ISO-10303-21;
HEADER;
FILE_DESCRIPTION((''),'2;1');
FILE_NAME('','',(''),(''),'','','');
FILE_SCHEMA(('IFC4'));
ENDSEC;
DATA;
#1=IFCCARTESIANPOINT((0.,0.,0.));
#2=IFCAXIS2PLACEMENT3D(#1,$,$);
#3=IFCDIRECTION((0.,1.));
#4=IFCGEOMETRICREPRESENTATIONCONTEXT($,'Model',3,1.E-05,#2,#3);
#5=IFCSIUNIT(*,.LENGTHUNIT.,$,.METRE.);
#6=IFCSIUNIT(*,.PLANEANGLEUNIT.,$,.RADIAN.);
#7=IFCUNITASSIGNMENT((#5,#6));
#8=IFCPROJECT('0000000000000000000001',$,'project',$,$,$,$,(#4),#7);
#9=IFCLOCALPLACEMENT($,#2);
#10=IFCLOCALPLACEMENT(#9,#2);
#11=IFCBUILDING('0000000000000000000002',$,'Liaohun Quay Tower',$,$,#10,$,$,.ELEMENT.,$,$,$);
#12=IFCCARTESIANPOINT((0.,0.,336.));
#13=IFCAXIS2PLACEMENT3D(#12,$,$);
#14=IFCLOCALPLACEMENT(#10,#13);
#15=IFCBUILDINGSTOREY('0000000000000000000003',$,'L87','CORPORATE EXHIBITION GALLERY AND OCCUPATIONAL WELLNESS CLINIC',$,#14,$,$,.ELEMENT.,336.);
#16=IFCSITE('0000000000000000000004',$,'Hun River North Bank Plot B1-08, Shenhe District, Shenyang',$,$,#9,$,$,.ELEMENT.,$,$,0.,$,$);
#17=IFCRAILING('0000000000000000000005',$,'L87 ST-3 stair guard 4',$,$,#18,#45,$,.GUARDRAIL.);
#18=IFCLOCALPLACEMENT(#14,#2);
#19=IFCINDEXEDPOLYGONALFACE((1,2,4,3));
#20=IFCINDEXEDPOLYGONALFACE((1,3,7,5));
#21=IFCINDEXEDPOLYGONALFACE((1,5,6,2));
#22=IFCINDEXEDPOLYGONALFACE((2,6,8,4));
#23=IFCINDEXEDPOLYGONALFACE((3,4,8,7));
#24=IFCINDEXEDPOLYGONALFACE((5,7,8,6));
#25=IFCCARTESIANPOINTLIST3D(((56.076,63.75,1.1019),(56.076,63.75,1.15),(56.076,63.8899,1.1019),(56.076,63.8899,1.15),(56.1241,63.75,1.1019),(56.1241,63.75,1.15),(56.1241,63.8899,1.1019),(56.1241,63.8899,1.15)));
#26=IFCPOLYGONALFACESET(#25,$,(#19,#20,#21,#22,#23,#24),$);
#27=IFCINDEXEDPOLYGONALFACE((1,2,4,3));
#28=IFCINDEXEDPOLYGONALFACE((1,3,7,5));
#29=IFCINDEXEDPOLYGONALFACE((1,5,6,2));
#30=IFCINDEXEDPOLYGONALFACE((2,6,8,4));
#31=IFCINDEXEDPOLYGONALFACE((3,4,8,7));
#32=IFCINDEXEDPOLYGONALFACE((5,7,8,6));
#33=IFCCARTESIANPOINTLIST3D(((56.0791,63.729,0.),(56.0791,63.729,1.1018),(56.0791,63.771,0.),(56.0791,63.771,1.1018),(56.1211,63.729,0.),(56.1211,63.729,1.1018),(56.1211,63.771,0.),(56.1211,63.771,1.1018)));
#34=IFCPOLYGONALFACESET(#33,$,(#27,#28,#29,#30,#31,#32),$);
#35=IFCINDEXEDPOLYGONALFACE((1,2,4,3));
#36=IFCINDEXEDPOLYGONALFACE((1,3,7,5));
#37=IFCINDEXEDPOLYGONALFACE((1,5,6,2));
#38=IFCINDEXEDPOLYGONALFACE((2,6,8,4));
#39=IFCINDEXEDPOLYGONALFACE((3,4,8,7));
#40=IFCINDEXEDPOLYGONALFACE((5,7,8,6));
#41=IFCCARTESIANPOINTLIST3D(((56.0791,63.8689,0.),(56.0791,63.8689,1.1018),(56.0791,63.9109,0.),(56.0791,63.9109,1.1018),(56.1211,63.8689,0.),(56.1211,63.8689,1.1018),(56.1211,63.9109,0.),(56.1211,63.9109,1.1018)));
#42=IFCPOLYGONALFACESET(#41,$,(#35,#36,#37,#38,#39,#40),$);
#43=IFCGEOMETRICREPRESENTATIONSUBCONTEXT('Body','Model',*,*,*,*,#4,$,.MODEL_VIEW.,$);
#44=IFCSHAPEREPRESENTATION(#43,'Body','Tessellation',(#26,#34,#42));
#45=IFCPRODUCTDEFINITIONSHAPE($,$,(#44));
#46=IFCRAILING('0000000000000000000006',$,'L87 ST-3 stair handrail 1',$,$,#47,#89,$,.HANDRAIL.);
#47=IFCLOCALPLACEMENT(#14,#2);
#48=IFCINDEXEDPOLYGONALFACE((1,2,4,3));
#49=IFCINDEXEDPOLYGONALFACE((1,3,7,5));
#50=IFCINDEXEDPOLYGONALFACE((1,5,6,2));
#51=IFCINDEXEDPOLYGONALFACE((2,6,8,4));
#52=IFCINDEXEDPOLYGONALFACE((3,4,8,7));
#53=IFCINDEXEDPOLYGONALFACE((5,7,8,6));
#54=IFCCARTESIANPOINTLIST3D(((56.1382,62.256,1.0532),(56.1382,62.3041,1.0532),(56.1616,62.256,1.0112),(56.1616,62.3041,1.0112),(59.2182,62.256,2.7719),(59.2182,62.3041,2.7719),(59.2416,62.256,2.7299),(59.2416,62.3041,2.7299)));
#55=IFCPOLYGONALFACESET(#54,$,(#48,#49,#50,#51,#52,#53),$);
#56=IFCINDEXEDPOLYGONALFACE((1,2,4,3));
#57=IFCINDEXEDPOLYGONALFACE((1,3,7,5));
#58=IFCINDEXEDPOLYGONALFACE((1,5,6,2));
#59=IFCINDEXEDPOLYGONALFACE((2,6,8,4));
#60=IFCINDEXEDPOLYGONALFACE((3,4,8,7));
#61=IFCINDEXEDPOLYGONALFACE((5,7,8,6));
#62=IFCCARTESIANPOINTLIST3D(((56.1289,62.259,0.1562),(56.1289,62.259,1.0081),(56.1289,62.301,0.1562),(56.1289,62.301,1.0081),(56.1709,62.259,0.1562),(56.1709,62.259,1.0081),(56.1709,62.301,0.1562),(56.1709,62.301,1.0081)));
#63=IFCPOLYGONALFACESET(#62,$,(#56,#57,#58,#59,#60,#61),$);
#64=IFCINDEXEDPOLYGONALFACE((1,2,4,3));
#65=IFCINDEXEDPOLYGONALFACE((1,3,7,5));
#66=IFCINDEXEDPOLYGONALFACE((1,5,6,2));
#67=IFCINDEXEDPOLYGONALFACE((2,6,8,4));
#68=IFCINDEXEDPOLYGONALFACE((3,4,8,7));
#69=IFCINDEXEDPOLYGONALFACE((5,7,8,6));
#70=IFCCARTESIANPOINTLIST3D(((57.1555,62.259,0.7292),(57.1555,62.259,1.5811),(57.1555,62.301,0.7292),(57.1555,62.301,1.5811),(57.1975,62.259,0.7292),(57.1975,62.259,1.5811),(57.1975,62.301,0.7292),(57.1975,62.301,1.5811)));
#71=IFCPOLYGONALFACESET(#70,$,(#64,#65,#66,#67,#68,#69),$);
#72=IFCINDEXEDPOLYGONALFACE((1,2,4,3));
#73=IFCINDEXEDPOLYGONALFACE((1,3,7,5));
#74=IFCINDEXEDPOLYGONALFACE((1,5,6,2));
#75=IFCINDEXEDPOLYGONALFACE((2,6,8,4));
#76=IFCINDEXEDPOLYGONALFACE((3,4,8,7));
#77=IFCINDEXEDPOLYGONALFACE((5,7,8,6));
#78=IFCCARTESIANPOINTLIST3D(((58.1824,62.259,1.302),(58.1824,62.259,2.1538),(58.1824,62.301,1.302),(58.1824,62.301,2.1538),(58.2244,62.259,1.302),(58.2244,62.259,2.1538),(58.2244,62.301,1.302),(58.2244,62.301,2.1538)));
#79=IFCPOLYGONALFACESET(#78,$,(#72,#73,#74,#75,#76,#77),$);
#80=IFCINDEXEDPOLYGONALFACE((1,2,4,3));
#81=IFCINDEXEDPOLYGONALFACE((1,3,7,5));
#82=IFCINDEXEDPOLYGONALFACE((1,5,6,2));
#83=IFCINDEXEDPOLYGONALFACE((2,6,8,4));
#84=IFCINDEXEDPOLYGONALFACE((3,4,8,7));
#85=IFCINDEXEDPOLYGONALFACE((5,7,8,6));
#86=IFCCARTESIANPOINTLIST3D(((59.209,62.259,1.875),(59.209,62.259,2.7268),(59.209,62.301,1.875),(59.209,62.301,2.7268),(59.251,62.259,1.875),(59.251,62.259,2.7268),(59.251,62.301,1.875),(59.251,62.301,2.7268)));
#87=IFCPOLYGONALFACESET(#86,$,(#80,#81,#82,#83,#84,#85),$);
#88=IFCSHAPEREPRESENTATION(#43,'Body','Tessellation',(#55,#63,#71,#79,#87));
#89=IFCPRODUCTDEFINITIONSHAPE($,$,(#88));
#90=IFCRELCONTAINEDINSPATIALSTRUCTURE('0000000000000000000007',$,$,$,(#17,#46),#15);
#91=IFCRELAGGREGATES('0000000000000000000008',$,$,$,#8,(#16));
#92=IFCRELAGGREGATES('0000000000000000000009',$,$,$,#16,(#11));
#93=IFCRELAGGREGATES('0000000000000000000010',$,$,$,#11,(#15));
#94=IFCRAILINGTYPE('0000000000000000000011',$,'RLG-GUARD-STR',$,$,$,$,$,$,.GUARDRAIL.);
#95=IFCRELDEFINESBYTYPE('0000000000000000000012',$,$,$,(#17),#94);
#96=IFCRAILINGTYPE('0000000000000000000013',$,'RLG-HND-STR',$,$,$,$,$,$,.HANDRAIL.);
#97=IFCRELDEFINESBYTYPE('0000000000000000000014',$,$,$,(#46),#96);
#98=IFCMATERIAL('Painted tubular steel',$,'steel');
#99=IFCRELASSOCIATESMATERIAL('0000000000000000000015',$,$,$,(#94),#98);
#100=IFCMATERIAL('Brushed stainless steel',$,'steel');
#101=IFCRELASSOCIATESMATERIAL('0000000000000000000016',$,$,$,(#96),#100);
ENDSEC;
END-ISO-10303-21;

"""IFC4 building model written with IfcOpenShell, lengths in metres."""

from ifc_helpers import new_model, si_unit, direction, frame, origin, origin_2d, place, context, subcontext, project, spatial, rectangle, extrude, material, type_object, element, save


model = new_model("IFC4")

# Units and contexts
model_context = context("Model", 3, precision=1e-05, world=origin(), true_north=direction((0.0, 1.0)))
body_context = subcontext(model_context, "Body", "Model", "MODEL_VIEW")
ifc_project = project(units=[si_unit("LENGTHUNIT", "METRE"), si_unit("PLANEANGLEUNIT", "RADIAN")], contexts=[model_context])

# Site, building, storey
site_placement = place(None, origin())
site = spatial("IfcSite", under=ifc_project, at=site_placement, Name="Hun River North Bank Plot B1-08, Shenhe District, Shenyang", CompositionType="ELEMENT", RefElevation=0.0)
building_placement = place(site_placement, origin())
building = spatial("IfcBuilding", under=site, at=building_placement, Name="Liaohun Quay Tower", CompositionType="ELEMENT")
storey_placement = place(building_placement, frame((0.0, 0.0, 336.0)))
storey = spatial("IfcBuildingStorey", under=building, at=storey_placement, Name="L87", Description="CORPORATE EXHIBITION GALLERY AND OCCUPATIONAL WELLNESS CLINIC", CompositionType="ELEMENT", Elevation=336.0)

# Railings
ifc_material_1 = material(Name="Painted tubular steel", Category="steel")
railing_type_1 = type_object("IfcRailingType", Name="RLG-GUARD-STR", PredefinedType="GUARDRAIL", material=ifc_material_1)
railing_1_placement = place(storey_placement, frame((56.1001, 63.75, 0.0)))
element("IfcRailing", 1, at=railing_1_placement, inside=storey, type_object=railing_type_1, Name="L87 ST-3 stair guard 4", PredefinedType="GUARDRAIL", context=body_context, shape_type="SweptSolid", body=[
    extrude(rectangle(XDim=0.0481, YDim=0.0481, at=origin_2d()), frame((0.0, 0.0, 1.126), z_axis=(0.0, 1.0, 0.0), x_axis=(-1.0, 0.0, 0.0)), (0.0, 0.0, 1.0), 0.1399),
    extrude(rectangle(XDim=0.042, YDim=0.042, at=origin_2d()), origin(), (0.0, 0.0, 1.0), 1.1018),
    extrude(rectangle(XDim=0.042, YDim=0.042, at=origin_2d()), frame((0.0, 0.1399, 0.0)), (0.0, 0.0, 1.0), 1.1018),
])
ifc_material_2 = material(Name="Brushed stainless steel", Category="steel")
railing_type_2 = type_object("IfcRailingType", Name="RLG-HND-STR", PredefinedType="HANDRAIL", material=ifc_material_2)
railing_2_placement = place(storey_placement, frame((56.1499, 62.28, 0.1562)))
element("IfcRailing", 2, at=railing_2_placement, inside=storey, type_object=railing_type_2, Name="L87 ST-3 stair handrail 1", PredefinedType="HANDRAIL", context=body_context, shape_type="SweptSolid", body=[
    extrude(rectangle(XDim=0.0481, YDim=0.0481, at=origin_2d()), frame((0.0, 0.0, 0.876), z_axis=(0.873242, 0.0, 0.487288), x_axis=(0.0, 1.0, 0.0)), (0.0, 0.0, 1.0), 3.5271),
    extrude(rectangle(XDim=0.042, YDim=0.042, at=origin_2d()), origin(), (0.0, 0.0, 1.0), 0.8518),
    extrude(rectangle(XDim=0.042, YDim=0.042, at=origin_2d()), frame((1.0266, 0.0, 0.573)), (0.0, 0.0, 1.0), 0.8518),
    extrude(rectangle(XDim=0.042, YDim=0.042, at=origin_2d()), frame((2.0535, 0.0, 1.1458)), (0.0, 0.0, 1.0), 0.8518),
    extrude(rectangle(XDim=0.042, YDim=0.042, at=origin_2d()), frame((3.0801, 0.0, 1.7188)), (0.0, 0.0, 1.0), 0.8518),
])

save(model, "model.ifc")
